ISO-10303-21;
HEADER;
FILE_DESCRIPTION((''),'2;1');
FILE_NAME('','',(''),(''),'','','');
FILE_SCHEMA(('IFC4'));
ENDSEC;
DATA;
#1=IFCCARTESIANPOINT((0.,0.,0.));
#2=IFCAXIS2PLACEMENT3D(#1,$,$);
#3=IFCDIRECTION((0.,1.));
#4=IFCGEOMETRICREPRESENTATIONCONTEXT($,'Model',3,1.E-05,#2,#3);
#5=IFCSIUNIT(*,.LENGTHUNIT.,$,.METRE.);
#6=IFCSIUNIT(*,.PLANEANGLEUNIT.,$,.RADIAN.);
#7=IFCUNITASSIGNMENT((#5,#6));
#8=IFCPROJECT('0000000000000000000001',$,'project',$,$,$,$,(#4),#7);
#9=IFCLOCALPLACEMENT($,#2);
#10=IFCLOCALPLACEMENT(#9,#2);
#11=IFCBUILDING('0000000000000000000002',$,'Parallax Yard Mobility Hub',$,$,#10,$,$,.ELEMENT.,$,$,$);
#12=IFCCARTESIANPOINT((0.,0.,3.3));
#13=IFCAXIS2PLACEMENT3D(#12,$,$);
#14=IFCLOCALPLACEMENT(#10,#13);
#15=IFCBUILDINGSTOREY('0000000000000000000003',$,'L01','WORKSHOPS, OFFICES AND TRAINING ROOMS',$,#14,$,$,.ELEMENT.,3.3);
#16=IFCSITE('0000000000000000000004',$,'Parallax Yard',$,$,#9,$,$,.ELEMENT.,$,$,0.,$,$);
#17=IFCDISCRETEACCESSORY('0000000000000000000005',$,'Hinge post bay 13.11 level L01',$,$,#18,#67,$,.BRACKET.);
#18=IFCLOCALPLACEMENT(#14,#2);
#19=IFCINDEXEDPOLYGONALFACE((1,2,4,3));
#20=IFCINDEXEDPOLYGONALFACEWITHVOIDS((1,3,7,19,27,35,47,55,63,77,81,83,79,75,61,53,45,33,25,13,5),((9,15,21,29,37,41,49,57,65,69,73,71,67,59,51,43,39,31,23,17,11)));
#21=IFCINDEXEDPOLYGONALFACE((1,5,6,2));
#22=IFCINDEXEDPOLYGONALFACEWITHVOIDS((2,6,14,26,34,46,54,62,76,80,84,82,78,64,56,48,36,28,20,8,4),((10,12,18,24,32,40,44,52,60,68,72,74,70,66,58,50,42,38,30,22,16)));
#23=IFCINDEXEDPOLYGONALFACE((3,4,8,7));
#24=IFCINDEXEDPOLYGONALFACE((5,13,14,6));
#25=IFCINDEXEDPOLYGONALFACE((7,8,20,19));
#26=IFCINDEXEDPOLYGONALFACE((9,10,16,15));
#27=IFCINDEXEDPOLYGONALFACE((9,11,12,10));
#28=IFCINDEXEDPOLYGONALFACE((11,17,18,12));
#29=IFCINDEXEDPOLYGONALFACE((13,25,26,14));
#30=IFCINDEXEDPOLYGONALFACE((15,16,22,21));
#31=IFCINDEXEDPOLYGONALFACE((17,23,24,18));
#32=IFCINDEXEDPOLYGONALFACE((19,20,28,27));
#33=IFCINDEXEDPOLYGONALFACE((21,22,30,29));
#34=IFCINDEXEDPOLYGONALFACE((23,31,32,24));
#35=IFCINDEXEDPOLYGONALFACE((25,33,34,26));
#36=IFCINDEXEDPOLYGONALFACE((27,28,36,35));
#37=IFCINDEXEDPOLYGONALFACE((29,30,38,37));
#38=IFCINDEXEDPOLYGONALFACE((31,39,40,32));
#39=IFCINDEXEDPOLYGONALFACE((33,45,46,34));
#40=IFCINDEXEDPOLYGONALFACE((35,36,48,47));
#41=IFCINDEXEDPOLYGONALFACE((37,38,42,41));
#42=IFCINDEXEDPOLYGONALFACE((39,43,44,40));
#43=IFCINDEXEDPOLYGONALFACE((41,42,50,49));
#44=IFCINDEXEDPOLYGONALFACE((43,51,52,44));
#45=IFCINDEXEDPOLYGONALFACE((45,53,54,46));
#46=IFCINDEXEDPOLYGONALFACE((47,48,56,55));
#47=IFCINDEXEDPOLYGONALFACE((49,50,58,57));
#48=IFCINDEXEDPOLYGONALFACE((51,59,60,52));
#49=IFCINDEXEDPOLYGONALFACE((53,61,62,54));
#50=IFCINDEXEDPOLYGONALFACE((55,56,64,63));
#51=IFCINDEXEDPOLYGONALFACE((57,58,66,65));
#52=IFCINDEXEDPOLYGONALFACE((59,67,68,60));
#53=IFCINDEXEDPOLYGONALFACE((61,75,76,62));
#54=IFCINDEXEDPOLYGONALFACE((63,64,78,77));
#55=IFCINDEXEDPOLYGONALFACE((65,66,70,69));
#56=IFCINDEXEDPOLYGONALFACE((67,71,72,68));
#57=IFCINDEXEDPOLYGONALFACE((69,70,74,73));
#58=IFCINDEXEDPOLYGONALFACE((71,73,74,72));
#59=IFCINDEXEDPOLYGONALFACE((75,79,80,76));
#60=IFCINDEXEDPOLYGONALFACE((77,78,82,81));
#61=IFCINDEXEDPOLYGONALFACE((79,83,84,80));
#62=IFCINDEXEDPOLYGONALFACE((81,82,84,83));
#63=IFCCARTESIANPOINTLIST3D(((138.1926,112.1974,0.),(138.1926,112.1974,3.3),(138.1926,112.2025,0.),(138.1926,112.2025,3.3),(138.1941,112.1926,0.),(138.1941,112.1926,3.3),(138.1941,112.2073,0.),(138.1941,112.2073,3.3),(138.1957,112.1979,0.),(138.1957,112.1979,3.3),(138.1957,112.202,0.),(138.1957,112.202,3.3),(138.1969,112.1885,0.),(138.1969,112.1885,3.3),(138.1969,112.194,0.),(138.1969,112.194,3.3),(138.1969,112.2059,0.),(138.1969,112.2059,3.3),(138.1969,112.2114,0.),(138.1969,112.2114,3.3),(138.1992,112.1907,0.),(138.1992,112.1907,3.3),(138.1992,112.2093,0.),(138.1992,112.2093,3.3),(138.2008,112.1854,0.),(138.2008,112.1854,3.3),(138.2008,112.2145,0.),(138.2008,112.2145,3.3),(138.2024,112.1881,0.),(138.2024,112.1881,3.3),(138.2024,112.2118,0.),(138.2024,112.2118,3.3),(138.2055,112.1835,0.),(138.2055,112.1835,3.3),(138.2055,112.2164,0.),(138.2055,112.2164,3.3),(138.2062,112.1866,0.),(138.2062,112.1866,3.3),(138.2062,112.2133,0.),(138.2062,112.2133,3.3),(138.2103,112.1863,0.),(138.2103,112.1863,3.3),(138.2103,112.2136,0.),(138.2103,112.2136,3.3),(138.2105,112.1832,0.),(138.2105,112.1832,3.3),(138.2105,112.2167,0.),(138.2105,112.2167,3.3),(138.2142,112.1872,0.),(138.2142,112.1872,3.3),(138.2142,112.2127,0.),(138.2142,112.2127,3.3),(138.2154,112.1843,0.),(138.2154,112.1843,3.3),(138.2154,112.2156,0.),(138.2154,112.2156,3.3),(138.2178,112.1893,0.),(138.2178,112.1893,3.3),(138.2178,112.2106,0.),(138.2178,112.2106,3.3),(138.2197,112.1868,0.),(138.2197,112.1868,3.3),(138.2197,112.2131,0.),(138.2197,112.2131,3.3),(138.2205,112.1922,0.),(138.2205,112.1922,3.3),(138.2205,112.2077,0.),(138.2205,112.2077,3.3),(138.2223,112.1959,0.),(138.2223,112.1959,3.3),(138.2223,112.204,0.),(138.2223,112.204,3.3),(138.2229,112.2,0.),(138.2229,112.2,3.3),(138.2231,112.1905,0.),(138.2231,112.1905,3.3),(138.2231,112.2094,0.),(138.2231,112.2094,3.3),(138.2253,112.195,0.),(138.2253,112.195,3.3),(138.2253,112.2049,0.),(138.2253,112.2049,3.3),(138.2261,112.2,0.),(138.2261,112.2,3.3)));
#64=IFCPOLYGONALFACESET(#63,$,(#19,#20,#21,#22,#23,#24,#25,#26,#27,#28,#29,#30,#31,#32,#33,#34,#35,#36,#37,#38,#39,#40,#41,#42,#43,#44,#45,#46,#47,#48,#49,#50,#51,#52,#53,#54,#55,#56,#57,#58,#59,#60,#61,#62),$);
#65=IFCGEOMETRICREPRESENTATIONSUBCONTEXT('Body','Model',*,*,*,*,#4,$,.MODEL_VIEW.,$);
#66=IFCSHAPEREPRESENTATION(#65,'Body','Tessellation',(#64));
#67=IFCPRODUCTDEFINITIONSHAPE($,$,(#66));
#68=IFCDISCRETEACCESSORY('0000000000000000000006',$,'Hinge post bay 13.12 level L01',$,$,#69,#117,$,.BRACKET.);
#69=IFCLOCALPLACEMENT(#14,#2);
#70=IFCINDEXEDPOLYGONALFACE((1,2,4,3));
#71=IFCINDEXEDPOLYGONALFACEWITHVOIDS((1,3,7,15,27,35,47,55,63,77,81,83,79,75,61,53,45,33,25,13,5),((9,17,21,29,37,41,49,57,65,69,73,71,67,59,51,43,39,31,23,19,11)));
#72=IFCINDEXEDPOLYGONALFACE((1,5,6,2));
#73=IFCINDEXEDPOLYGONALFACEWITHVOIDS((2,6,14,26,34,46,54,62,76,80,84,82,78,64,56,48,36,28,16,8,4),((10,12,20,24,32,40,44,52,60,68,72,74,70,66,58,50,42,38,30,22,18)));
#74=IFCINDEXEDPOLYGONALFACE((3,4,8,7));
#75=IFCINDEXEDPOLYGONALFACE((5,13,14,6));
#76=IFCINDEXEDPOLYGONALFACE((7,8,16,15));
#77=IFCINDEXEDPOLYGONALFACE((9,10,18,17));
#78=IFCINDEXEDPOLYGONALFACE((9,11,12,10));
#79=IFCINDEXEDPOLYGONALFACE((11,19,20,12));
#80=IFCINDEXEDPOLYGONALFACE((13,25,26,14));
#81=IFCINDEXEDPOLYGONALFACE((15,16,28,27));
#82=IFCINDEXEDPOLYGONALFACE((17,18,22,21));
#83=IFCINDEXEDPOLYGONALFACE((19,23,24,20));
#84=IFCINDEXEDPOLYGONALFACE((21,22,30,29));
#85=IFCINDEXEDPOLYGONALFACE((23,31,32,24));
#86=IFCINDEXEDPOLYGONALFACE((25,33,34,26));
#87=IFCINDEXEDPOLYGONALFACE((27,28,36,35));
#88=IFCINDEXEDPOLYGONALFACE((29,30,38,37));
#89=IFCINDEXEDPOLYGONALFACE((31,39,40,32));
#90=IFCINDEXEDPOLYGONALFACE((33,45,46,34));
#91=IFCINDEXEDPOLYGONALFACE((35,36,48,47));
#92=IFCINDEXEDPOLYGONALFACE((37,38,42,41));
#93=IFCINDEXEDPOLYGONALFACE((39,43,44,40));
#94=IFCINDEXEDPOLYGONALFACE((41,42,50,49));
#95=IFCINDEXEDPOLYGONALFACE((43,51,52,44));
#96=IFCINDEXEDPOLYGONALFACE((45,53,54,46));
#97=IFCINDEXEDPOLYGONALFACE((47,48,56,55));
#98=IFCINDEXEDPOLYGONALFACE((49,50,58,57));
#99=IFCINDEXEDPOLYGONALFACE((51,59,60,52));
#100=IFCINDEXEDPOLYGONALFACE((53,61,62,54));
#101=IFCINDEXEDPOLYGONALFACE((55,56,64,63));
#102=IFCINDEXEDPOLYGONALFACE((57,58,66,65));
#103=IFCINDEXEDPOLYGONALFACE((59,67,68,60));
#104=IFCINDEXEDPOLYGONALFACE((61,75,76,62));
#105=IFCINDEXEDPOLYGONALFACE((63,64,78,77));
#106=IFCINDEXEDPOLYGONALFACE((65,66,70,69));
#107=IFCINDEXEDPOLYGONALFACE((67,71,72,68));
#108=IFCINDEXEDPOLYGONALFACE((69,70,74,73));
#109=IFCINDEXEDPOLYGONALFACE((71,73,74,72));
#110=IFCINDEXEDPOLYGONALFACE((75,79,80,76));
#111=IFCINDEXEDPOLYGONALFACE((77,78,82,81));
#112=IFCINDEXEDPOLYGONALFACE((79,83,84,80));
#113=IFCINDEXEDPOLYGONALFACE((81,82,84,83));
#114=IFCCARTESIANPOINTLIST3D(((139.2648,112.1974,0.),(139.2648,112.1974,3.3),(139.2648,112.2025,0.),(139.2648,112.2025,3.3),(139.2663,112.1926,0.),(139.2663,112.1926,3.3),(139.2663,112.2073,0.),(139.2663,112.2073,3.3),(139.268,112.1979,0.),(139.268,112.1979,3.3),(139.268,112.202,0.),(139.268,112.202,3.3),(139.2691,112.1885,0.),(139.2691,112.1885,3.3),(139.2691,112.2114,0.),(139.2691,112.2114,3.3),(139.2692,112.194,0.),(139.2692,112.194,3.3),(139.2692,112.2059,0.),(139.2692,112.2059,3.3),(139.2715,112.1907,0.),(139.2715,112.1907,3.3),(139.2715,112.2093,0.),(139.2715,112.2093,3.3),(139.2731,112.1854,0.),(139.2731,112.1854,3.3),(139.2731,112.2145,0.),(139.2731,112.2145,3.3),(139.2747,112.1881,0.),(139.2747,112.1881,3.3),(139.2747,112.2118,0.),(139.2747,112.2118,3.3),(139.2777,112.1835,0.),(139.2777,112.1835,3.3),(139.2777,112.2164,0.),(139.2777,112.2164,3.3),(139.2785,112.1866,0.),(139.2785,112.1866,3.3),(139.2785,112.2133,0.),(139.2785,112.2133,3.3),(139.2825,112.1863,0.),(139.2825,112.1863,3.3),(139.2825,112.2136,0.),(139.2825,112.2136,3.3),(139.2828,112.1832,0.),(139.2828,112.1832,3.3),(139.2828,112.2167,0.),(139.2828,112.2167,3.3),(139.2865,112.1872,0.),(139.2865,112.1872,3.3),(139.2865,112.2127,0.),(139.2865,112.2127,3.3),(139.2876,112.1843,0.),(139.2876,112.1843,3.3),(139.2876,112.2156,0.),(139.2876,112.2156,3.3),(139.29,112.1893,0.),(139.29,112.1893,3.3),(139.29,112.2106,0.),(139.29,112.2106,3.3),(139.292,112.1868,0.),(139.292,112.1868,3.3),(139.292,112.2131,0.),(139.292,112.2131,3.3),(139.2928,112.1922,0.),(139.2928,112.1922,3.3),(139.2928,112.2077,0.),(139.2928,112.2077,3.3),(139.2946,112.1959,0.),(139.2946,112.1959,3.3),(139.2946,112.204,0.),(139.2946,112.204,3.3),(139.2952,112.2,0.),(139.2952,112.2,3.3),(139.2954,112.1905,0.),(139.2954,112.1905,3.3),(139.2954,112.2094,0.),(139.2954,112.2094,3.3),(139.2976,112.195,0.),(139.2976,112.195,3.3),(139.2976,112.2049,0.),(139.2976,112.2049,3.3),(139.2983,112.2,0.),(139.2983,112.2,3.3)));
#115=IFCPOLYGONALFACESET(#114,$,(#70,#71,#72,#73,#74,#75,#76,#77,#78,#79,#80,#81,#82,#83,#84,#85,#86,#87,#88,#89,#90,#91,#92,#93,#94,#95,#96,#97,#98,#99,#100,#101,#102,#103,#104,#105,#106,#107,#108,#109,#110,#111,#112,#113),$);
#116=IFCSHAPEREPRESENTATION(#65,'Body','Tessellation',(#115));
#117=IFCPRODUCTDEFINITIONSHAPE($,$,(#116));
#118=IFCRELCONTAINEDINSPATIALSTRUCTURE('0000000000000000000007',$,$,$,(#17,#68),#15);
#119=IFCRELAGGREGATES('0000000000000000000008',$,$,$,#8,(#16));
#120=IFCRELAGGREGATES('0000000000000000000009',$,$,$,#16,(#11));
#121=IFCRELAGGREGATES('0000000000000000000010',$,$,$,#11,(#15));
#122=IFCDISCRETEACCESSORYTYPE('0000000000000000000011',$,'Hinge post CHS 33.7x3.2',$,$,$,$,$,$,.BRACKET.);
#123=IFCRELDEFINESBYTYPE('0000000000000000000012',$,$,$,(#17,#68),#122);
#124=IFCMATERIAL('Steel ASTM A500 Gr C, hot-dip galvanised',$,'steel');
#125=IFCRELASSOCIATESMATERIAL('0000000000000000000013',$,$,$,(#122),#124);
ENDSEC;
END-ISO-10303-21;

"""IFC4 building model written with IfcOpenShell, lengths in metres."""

from ifc_helpers import new_model, si_unit, direction, frame, origin, origin_2d, place, context, subcontext, project, spatial, hollow_circle, extrude, material, material_profile, profile_set, type_object, element, save


model = new_model("IFC4")

# Units and contexts
model_context = context("Model", 3, precision=1e-05, world=origin(), true_north=direction((0.0, 1.0)))
body_context = subcontext(model_context, "Body", "Model", "MODEL_VIEW")
ifc_project = project(units=[si_unit("LENGTHUNIT", "METRE"), si_unit("PLANEANGLEUNIT", "RADIAN")], contexts=[model_context])

# Site, building, storey
site_placement = place(None, origin())
site = spatial("IfcSite", under=ifc_project, at=site_placement, Name="Parallax Yard", CompositionType="ELEMENT", RefElevation=0.0)
building_placement = place(site_placement, origin())
building = spatial("IfcBuilding", under=site, at=building_placement, Name="Parallax Yard Mobility Hub", CompositionType="ELEMENT")
storey_placement = place(building_placement, frame((0.0, 0.0, 3.3)))
storey = spatial("IfcBuildingStorey", under=building, at=storey_placement, Name="L01", Description="WORKSHOPS, OFFICES AND TRAINING ROOMS", CompositionType="ELEMENT", Elevation=3.3)

# Discrete accessories
ifc_material_1 = material(Name="Steel ASTM A500 Gr C, hot-dip galvanised", Category="steel")
ifc_material_profile = material_profile(ifc_material_1, hollow_circle(Radius=0.0168, WallThickness=0.0032, at=origin_2d()), Name="CHS 33.7x3.2")
ifc_profile_set = profile_set([ifc_material_profile], Name="Steel ASTM A500 Gr C, hot-dip galvanised")
discrete_accessory_type = type_object("IfcDiscreteAccessoryType", Name="Hinge post CHS 33.7x3.2", PredefinedType="BRACKET", material=ifc_profile_set)
for number, where, z_axis, x_axis, name in (
    (1, (138.2092, 112.2, 0.0), (0.0, 0.0, 1.0), (1.0, 0.0, 0.0), "Hinge post bay 13.11 level L01"),
    (2, (139.2815, 112.2, 0.0), (0.0, 0.0, 1.0), (1.0, 0.0, 0.0), "Hinge post bay 13.12 level L01"),
):
    element("IfcDiscreteAccessory", number, at=place(storey_placement, frame(where, z_axis=z_axis, x_axis=x_axis)), inside=storey, type_object=discrete_accessory_type, Name=name, PredefinedType="BRACKET", context=body_context, shape_type="SweptSolid", body=[
        extrude(hollow_circle(Radius=0.0168, WallThickness=0.0032, at=origin_2d()), origin(), (0.0, 0.0, 1.0), 3.3),
    ])

save(model, "model.ifc")
